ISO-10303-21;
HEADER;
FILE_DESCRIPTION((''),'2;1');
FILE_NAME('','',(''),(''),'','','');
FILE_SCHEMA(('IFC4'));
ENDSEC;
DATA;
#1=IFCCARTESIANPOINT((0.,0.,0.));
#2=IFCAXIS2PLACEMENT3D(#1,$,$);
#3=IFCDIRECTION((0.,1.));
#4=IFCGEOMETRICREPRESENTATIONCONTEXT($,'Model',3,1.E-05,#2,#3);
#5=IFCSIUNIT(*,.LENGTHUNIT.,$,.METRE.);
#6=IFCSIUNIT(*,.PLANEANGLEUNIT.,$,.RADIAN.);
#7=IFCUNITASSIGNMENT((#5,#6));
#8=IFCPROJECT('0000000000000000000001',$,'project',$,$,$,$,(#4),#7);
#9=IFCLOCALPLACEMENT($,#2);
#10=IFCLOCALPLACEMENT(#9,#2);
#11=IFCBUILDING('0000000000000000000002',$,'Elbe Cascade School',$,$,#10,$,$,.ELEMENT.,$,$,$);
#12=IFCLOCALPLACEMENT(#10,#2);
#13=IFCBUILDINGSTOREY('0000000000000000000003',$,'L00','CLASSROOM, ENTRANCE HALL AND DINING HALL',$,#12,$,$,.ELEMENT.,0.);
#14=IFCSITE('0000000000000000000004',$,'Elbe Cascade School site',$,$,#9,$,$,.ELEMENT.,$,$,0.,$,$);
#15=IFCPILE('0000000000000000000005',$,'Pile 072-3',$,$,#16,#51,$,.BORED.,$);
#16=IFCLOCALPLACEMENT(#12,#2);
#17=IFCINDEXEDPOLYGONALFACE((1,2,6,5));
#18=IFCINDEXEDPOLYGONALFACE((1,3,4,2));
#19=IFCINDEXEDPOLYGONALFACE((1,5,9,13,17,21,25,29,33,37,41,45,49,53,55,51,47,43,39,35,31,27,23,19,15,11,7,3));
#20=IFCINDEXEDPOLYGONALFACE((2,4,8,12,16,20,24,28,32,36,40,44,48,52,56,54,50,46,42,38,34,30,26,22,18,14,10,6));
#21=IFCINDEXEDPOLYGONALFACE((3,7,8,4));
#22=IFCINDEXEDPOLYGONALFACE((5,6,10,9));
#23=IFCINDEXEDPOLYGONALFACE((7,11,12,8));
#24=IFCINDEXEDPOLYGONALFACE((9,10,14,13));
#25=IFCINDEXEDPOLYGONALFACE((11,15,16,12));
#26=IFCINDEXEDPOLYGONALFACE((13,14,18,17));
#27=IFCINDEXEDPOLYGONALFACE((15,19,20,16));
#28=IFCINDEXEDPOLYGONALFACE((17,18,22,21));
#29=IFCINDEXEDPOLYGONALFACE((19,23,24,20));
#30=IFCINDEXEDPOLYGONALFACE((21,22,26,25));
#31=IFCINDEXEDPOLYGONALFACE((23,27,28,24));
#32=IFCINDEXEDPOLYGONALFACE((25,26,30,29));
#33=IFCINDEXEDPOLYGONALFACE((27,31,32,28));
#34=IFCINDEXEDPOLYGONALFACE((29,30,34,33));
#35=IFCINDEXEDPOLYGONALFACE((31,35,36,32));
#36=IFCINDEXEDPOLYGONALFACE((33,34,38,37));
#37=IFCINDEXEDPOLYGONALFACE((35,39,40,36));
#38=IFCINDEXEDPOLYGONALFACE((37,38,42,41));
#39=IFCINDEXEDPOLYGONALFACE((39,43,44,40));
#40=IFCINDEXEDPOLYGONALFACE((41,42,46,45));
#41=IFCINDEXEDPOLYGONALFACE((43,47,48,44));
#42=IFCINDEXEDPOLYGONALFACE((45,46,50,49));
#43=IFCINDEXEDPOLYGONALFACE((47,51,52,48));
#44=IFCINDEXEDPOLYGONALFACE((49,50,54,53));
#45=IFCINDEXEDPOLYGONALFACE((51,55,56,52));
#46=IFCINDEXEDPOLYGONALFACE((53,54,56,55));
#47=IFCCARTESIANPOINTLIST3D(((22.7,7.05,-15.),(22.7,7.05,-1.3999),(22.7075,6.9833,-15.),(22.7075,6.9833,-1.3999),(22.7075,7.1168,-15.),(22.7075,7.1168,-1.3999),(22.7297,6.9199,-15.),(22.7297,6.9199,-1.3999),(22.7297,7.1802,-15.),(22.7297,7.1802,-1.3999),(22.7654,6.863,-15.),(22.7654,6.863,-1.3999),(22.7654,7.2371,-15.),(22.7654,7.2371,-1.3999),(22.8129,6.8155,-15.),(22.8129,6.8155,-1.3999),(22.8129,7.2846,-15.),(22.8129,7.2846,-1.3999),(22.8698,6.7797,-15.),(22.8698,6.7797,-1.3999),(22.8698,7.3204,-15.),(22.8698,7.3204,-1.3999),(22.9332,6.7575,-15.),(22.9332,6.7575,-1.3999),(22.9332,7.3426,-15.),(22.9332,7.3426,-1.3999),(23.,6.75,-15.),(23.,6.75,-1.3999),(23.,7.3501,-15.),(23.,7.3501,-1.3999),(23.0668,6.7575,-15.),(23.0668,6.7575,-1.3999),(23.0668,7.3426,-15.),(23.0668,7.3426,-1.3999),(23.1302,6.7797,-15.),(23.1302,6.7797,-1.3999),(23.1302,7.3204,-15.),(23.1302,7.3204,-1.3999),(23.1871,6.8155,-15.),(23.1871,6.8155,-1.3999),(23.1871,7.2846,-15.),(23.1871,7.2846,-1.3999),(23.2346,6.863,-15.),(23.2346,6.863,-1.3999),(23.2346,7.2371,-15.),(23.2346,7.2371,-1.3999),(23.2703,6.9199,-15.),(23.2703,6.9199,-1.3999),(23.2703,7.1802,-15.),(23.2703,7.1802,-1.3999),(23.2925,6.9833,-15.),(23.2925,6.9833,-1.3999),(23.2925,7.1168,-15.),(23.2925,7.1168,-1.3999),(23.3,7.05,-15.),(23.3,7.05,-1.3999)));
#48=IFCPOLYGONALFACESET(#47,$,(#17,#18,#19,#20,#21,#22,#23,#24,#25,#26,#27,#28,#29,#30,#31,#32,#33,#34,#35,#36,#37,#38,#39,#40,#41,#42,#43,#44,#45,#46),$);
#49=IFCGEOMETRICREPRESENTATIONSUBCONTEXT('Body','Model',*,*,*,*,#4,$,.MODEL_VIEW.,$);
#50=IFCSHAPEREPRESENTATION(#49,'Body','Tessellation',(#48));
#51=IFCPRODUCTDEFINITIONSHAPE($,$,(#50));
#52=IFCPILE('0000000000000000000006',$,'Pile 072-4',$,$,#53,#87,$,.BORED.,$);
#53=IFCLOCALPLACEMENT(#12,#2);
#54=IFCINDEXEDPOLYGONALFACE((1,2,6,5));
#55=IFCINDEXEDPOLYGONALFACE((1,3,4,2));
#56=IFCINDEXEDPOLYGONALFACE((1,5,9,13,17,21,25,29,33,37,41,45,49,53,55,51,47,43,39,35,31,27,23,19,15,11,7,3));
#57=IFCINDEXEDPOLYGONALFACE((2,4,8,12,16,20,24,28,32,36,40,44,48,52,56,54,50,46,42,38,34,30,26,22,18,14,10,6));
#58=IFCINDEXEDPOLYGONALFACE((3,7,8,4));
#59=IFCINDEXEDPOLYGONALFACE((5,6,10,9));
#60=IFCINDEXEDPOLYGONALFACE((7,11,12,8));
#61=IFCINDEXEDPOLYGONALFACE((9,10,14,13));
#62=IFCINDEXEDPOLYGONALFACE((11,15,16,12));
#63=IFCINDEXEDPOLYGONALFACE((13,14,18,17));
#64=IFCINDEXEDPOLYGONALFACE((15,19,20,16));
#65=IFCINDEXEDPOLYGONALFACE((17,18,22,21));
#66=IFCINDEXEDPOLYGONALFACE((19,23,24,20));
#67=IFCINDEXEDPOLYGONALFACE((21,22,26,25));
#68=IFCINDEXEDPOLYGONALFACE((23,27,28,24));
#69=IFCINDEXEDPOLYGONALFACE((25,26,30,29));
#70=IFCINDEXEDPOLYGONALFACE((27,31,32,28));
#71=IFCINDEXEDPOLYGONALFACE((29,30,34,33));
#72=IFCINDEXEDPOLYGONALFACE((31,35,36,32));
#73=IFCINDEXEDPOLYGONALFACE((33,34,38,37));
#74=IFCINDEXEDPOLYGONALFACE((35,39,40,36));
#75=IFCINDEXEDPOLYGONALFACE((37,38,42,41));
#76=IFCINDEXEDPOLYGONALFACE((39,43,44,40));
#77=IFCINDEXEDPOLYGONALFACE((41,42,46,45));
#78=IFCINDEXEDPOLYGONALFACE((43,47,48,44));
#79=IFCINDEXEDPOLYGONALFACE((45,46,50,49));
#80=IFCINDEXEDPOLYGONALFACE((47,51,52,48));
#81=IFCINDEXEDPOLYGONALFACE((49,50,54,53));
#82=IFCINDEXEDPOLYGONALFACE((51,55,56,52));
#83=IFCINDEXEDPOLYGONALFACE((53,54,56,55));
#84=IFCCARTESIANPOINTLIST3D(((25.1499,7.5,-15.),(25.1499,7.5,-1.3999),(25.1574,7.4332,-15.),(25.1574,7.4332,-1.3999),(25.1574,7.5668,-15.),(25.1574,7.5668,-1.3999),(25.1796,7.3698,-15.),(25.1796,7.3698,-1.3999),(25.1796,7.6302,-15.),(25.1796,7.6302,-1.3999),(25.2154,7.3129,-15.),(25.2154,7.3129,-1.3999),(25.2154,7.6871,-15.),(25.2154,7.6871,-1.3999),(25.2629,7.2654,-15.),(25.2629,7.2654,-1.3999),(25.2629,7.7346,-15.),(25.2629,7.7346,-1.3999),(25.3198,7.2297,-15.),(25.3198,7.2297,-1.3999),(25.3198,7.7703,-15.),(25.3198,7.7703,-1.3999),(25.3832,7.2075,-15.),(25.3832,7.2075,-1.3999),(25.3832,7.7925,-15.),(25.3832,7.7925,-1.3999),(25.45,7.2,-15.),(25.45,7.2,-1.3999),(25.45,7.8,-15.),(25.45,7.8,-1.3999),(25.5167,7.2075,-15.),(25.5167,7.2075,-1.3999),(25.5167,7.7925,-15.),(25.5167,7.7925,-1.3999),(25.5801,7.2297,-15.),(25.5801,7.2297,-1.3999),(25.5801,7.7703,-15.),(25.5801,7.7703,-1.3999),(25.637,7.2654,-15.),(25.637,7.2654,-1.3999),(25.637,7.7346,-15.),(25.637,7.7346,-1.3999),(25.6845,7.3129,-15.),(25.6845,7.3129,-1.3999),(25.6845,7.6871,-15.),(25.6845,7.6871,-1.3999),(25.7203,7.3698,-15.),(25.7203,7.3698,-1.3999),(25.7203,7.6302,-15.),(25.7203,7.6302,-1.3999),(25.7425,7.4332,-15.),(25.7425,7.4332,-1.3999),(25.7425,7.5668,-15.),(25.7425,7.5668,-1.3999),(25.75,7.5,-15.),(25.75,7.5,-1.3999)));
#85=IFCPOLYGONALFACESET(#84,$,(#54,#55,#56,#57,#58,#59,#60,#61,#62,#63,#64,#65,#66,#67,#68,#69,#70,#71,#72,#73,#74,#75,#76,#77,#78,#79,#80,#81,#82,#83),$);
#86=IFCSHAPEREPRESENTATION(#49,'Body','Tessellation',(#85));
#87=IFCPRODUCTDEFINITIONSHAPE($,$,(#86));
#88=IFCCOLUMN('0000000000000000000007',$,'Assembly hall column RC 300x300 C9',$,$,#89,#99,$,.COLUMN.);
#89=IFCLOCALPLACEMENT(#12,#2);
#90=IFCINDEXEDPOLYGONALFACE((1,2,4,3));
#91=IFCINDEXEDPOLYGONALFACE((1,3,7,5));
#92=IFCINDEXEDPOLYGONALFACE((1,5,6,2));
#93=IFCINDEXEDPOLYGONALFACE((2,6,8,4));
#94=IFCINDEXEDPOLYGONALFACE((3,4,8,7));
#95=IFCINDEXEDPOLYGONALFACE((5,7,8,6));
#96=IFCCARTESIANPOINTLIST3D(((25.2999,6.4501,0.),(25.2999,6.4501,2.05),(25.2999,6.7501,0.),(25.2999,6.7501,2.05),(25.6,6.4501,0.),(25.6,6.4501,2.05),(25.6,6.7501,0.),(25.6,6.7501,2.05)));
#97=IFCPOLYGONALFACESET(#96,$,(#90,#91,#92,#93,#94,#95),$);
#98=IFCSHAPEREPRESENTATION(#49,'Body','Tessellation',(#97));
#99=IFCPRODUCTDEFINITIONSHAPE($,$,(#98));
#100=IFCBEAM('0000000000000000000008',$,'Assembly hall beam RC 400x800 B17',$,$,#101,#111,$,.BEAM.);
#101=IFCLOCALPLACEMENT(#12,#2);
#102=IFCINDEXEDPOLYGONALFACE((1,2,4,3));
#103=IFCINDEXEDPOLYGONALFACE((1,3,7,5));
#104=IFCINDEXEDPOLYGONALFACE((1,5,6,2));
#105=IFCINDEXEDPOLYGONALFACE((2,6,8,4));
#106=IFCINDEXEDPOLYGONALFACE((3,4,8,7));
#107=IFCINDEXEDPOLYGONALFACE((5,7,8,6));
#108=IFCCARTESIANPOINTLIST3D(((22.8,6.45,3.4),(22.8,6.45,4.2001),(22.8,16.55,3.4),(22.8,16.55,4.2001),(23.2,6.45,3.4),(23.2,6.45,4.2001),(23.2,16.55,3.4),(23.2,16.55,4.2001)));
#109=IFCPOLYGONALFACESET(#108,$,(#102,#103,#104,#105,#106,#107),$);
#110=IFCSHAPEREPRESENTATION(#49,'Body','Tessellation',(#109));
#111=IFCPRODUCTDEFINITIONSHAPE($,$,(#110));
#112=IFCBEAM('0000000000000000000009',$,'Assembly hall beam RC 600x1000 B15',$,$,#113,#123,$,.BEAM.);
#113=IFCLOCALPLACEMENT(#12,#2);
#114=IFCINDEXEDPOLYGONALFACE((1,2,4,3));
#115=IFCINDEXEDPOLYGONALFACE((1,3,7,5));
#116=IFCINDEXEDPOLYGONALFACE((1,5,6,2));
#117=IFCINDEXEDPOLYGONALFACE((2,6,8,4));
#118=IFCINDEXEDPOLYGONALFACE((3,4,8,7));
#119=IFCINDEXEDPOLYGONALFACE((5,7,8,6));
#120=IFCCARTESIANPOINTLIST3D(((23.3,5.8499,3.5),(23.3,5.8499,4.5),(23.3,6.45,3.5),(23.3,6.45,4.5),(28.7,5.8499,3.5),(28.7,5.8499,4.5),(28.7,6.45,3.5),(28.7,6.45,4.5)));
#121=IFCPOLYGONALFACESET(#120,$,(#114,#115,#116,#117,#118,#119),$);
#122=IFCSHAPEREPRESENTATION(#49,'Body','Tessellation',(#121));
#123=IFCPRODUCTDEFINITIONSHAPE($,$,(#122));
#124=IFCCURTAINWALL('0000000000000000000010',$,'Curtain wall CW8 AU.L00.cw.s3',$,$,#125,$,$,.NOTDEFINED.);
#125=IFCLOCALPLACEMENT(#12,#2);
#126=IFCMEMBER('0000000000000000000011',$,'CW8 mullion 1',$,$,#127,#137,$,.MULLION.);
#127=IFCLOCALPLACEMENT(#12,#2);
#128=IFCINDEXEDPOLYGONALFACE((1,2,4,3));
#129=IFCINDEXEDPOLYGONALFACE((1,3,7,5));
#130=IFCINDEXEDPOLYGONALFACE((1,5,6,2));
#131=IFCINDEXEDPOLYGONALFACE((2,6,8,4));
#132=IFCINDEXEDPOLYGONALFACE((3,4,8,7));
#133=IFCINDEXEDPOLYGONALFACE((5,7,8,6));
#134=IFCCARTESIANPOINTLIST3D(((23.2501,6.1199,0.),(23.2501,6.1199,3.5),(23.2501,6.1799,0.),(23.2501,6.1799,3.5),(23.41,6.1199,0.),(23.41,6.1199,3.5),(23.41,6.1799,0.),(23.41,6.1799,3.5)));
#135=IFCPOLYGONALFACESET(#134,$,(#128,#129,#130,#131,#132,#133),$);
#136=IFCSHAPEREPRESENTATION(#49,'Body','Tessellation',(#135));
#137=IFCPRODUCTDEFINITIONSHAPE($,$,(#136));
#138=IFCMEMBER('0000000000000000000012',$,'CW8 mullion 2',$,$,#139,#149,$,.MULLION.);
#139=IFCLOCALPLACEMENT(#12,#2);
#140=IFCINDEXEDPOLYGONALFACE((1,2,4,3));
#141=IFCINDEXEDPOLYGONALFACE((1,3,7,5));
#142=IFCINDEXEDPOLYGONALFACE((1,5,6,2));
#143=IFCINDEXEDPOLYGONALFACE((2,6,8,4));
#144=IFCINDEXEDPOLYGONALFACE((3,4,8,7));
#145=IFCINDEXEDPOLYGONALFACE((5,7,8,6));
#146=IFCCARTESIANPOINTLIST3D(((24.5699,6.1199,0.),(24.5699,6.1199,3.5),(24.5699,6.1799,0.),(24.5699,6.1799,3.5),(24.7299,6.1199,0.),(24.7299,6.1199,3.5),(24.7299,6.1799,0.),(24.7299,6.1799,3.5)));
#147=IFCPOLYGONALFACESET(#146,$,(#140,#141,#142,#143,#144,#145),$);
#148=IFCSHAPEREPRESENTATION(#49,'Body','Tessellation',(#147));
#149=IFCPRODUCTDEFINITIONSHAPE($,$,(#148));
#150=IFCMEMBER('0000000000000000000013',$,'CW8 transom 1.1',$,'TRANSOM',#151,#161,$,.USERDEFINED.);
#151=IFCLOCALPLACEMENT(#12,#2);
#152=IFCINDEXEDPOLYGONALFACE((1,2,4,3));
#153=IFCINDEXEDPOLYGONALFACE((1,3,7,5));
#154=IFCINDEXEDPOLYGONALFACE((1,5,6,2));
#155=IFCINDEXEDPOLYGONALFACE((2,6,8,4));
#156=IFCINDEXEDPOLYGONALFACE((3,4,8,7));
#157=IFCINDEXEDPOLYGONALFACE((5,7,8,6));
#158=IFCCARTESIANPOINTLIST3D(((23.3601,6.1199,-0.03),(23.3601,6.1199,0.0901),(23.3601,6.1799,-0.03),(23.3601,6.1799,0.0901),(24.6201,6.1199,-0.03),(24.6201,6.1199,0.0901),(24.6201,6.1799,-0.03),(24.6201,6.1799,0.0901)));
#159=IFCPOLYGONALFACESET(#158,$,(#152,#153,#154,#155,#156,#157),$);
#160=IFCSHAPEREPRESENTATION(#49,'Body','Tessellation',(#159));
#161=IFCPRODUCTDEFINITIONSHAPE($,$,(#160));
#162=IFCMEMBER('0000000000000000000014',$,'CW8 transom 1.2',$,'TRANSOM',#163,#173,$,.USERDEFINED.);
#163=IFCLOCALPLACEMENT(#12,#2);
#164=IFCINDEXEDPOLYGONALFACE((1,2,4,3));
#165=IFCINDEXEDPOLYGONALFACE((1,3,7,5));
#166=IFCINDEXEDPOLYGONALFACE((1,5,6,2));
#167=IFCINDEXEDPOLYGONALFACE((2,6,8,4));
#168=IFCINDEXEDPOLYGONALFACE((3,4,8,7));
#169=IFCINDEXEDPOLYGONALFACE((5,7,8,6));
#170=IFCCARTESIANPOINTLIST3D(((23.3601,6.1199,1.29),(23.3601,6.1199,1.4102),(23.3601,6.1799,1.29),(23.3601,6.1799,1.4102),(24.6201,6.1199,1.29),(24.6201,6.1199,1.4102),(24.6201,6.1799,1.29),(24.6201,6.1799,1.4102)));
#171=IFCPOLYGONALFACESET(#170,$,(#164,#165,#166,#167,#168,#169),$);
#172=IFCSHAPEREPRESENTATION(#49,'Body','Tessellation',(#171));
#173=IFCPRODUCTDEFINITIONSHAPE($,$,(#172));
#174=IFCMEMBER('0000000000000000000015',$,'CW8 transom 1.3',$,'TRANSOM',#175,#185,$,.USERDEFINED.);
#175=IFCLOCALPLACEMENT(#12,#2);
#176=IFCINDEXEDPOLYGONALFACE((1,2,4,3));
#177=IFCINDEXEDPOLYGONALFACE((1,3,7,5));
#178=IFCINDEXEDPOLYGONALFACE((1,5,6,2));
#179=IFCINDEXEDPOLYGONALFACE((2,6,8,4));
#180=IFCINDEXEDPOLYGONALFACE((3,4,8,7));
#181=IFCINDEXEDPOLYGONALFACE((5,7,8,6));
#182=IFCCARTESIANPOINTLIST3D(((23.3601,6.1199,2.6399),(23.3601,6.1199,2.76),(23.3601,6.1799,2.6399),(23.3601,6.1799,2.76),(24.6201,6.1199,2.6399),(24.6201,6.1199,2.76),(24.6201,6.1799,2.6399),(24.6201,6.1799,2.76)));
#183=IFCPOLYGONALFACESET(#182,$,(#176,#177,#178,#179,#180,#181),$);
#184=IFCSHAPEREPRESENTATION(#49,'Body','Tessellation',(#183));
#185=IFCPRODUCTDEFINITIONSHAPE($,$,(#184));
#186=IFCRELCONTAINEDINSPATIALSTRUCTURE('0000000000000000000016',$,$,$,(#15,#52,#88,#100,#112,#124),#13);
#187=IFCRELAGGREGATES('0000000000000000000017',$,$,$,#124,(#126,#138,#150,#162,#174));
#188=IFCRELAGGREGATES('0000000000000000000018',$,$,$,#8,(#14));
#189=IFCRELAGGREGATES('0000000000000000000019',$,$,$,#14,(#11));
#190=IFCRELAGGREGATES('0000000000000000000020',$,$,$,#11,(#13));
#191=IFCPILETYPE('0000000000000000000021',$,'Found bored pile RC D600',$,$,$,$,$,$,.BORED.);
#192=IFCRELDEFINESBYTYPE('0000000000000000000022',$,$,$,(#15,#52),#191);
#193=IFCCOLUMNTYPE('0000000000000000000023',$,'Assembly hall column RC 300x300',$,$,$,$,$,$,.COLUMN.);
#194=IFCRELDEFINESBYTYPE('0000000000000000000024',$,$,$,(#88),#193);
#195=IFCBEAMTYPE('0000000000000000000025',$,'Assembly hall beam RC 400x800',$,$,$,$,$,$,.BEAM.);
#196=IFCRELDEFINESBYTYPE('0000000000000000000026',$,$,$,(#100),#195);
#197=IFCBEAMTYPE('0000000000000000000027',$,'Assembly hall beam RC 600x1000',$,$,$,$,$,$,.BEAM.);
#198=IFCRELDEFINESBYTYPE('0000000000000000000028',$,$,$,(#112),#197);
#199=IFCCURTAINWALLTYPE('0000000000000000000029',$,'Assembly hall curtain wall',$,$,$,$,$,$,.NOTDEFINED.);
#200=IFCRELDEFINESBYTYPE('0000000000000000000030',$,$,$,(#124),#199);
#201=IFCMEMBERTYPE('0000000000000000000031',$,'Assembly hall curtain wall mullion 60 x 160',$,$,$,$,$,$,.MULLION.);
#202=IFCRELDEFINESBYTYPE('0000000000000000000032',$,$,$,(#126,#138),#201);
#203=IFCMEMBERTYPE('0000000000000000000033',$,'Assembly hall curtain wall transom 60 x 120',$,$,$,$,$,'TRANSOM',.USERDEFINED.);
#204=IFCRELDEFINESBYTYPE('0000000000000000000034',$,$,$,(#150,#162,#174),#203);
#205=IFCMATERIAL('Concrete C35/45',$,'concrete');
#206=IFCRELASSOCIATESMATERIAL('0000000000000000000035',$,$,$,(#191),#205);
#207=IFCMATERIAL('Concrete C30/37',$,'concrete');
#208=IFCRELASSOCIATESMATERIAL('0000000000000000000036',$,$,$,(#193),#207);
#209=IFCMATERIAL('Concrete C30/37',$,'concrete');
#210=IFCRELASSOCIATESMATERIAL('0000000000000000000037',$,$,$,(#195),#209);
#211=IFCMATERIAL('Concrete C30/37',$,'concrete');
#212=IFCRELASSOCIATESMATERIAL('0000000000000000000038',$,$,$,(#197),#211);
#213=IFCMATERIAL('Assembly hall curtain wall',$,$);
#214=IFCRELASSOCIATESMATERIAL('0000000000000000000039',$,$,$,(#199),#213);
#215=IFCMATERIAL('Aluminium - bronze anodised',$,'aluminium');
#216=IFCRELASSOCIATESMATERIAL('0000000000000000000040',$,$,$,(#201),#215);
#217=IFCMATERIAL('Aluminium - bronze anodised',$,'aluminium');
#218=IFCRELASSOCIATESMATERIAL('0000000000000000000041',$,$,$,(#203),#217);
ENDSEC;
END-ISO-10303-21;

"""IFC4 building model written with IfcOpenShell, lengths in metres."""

from ifc_helpers import new_model, si_unit, direction, frame, origin, origin_2d, place, context, subcontext, project, spatial, rectangle, circle, extrude, material, material_profile, profile_set, type_object, element, aggregate, save


model = new_model("IFC4")

# Units and contexts
model_context = context("Model", 3, precision=1e-05, world=origin(), true_north=direction((0.0, 1.0)))
body_context = subcontext(model_context, "Body", "Model", "MODEL_VIEW")
ifc_project = project(units=[si_unit("LENGTHUNIT", "METRE"), si_unit("PLANEANGLEUNIT", "RADIAN")], contexts=[model_context])

# Site, building, storey
site_placement = place(None, origin())
site = spatial("IfcSite", under=ifc_project, at=site_placement, Name="Elbe Cascade School site", CompositionType="ELEMENT", RefElevation=0.0)
building_placement = place(site_placement, origin())
building = spatial("IfcBuilding", under=site, at=building_placement, Name="Elbe Cascade School", CompositionType="ELEMENT")
storey_placement = place(building_placement, origin())
storey = spatial("IfcBuildingStorey", under=building, at=storey_placement, Name="L00", Description="CLASSROOM, ENTRANCE HALL AND DINING HALL", CompositionType="ELEMENT", Elevation=0.0)

# Piles
ifc_material_1 = material(Name="Concrete C35/45", Category="concrete")
ifc_material_profile_1 = material_profile(ifc_material_1, circle(Radius=0.3, at=origin_2d()), Name="RC D600")
ifc_profile_set_1 = profile_set([ifc_material_profile_1], Name="Concrete C35/45")
pile_type = type_object("IfcPileType", Name="Found bored pile RC D600", PredefinedType="BORED", material=ifc_profile_set_1)
for number, where, z_axis, x_axis, name in (
    (1, (23.0, 7.05, -1.3999), (0.0, 0.0, -1.0), (1.0, 0.0, 0.0), "Pile 072-3"),
    (2, (25.45, 7.5, -1.3999), (0.0, 0.0, -1.0), (1.0, 0.0, 0.0), "Pile 072-4"),
):
    element("IfcPile", number, at=place(storey_placement, frame(where, z_axis=z_axis, x_axis=x_axis)), inside=storey, type_object=pile_type, Name=name, PredefinedType="BORED", context=body_context, shape_type="SweptSolid", body=[
        extrude(circle(Radius=0.3, at=origin_2d()), origin(), (0.0, 0.0, 1.0), 13.6001),
    ])

# Column
ifc_material_2 = material(Name="Concrete C30/37", Category="concrete")
ifc_material_profile_2 = material_profile(ifc_material_2, rectangle(XDim=0.3, YDim=0.3, at=origin_2d()), Name="RC 300x300")
ifc_profile_set_2 = profile_set([ifc_material_profile_2], Name="Concrete C30/37")
column_type = type_object("IfcColumnType", Name="Assembly hall column RC 300x300", PredefinedType="COLUMN", material=ifc_profile_set_2)
column_placement = place(storey_placement, frame((25.45, 6.6001, 0.0), z_axis=(0.0, 0.0, 1.0), x_axis=(1.0, 0.0, 0.0)))
element("IfcColumn", 3, at=column_placement, inside=storey, type_object=column_type, Name="Assembly hall column RC 300x300 C9", PredefinedType="COLUMN", context=body_context, shape_type="SweptSolid", body=[
    extrude(rectangle(XDim=0.3, YDim=0.3, at=origin_2d()), origin(), (0.0, 0.0, 1.0), 2.05),
])

# Beams
ifc_material_3 = material(Name="Concrete C30/37", Category="concrete")
ifc_material_profile_3 = material_profile(ifc_material_3, rectangle(XDim=0.3999, YDim=0.8, at=origin_2d()), Name="RC 400x800")
ifc_profile_set_3 = profile_set([ifc_material_profile_3], Name="Concrete C30/37")
beam_type_1 = type_object("IfcBeamType", Name="Assembly hall beam RC 400x800", PredefinedType="BEAM", material=ifc_profile_set_3)
beam_1_placement = place(storey_placement, frame((23.0, 6.45, 3.8), z_axis=(0.0, 1.0, 0.0), x_axis=(-1.0, 0.0, 0.0)))
element("IfcBeam", 4, at=beam_1_placement, inside=storey, type_object=beam_type_1, Name="Assembly hall beam RC 400x800 B17", PredefinedType="BEAM", context=body_context, shape_type="SweptSolid", body=[
    extrude(rectangle(XDim=0.3999, YDim=0.8, at=origin_2d()), origin(), (0.0, 0.0, 1.0), 10.1001),
])
ifc_material_4 = material(Name="Concrete C30/37", Category="concrete")
ifc_material_profile_4 = material_profile(ifc_material_4, rectangle(XDim=0.6001, YDim=1.0, at=origin_2d()), Name="RC 600x1000")
ifc_profile_set_4 = profile_set([ifc_material_profile_4], Name="Concrete C30/37")
beam_type_2 = type_object("IfcBeamType", Name="Assembly hall beam RC 600x1000", PredefinedType="BEAM", material=ifc_profile_set_4)
beam_2_placement = place(storey_placement, frame((23.3, 6.1499, 4.0), z_axis=(1.0, 0.0, 0.0), x_axis=(0.0, 1.0, 0.0)))
element("IfcBeam", 5, at=beam_2_placement, inside=storey, type_object=beam_type_2, Name="Assembly hall beam RC 600x1000 B15", PredefinedType="BEAM", context=body_context, shape_type="SweptSolid", body=[
    extrude(rectangle(XDim=0.6001, YDim=1.0, at=origin_2d()), origin(), (0.0, 0.0, 1.0), 5.3999),
])

# Curtain wall, members
ifc_material_5 = material(Name="Assembly hall curtain wall")
curtain_wall_type = type_object("IfcCurtainWallType", Name="Assembly hall curtain wall", PredefinedType="NOTDEFINED", material=ifc_material_5)
curtain_wall_placement = place(storey_placement, origin())
curtain_wall = element("IfcCurtainWall", 6, at=curtain_wall_placement, inside=storey, type_object=curtain_wall_type, Name="Curtain wall CW8 AU.L00.cw.s3", PredefinedType="NOTDEFINED")
ifc_material_6 = material(Name="Aluminium - bronze anodised", Category="aluminium")
ifc_material_profile_5 = material_profile(ifc_material_6, rectangle(XDim=0.0601, YDim=0.1599, at=origin_2d()), Name="RECT 60x160")
ifc_profile_set_5 = profile_set([ifc_material_profile_5], Name="Aluminium - bronze anodised")
member_type_1 = type_object("IfcMemberType", Name="Assembly hall curtain wall mullion 60 x 160", PredefinedType="MULLION", material=ifc_profile_set_5)
member_1_placement = place(storey_placement, frame((23.3301, 6.1499, 0.0), z_axis=(0.0, 0.0, 1.0), x_axis=(0.0, 1.0, 0.0)))
member_1 = element("IfcMember", 7, at=member_1_placement, type_object=member_type_1, Name="CW8 mullion 1", PredefinedType="MULLION", context=body_context, shape_type="SweptSolid", body=[
    extrude(rectangle(XDim=0.0601, YDim=0.1599, at=origin_2d()), origin(), (0.0, 0.0, 1.0), 3.5),
])
member_2_placement = place(storey_placement, frame((24.6499, 6.1499, 0.0), z_axis=(0.0, 0.0, 1.0), x_axis=(0.0, 1.0, 0.0)))
member_2 = element("IfcMember", 8, at=member_2_placement, type_object=member_type_1, Name="CW8 mullion 2", PredefinedType="MULLION", context=body_context, shape_type="SweptSolid", body=[
    extrude(rectangle(XDim=0.0601, YDim=0.1599, at=origin_2d()), origin(), (0.0, 0.0, 1.0), 3.5),
])
ifc_material_7 = material(Name="Aluminium - bronze anodised", Category="aluminium")
ifc_material_profile_6 = material_profile(ifc_material_7, rectangle(XDim=0.0601, YDim=0.1201, at=origin_2d()), Name="RECT 60x120")
ifc_profile_set_6 = profile_set([ifc_material_profile_6], Name="Aluminium - bronze anodised")
member_type_2 = type_object("IfcMemberType", Name="Assembly hall curtain wall transom 60 x 120", ElementType="TRANSOM", PredefinedType="USERDEFINED", material=ifc_profile_set_6)
member_3_placement = place(storey_placement, frame((23.3601, 6.1499, 0.03), z_axis=(1.0, 0.0, 0.0), x_axis=(0.0, 1.0, 0.0)))
member_3 = element("IfcMember", 9, at=member_3_placement, type_object=member_type_2, Name="CW8 transom 1.1", ObjectType="TRANSOM", PredefinedType="USERDEFINED", context=body_context, shape_type="SweptSolid", body=[
    extrude(rectangle(XDim=0.0601, YDim=0.1201, at=origin_2d()), origin(), (0.0, 0.0, 1.0), 1.26),
])
member_4_placement = place(storey_placement, frame((23.3601, 6.1499, 1.3501), z_axis=(1.0, 0.0, 0.0), x_axis=(0.0, 1.0, 0.0)))
member_4 = element("IfcMember", 10, at=member_4_placement, type_object=member_type_2, Name="CW8 transom 1.2", ObjectType="TRANSOM", PredefinedType="USERDEFINED", context=body_context, shape_type="SweptSolid", body=[
    extrude(rectangle(XDim=0.0601, YDim=0.1201, at=origin_2d()), origin(), (0.0, 0.0, 1.0), 1.26),
])
member_5_placement = place(storey_placement, frame((23.3601, 6.1499, 2.7), z_axis=(1.0, 0.0, 0.0), x_axis=(0.0, 1.0, 0.0)))
member_5 = element("IfcMember", 11, at=member_5_placement, type_object=member_type_2, Name="CW8 transom 1.3", ObjectType="TRANSOM", PredefinedType="USERDEFINED", context=body_context, shape_type="SweptSolid", body=[
    extrude(rectangle(XDim=0.0601, YDim=0.1201, at=origin_2d()), origin(), (0.0, 0.0, 1.0), 1.26),
])

aggregate(curtain_wall, [member_1, member_2, member_3, member_4, member_5])

save(model, "model.ifc")
